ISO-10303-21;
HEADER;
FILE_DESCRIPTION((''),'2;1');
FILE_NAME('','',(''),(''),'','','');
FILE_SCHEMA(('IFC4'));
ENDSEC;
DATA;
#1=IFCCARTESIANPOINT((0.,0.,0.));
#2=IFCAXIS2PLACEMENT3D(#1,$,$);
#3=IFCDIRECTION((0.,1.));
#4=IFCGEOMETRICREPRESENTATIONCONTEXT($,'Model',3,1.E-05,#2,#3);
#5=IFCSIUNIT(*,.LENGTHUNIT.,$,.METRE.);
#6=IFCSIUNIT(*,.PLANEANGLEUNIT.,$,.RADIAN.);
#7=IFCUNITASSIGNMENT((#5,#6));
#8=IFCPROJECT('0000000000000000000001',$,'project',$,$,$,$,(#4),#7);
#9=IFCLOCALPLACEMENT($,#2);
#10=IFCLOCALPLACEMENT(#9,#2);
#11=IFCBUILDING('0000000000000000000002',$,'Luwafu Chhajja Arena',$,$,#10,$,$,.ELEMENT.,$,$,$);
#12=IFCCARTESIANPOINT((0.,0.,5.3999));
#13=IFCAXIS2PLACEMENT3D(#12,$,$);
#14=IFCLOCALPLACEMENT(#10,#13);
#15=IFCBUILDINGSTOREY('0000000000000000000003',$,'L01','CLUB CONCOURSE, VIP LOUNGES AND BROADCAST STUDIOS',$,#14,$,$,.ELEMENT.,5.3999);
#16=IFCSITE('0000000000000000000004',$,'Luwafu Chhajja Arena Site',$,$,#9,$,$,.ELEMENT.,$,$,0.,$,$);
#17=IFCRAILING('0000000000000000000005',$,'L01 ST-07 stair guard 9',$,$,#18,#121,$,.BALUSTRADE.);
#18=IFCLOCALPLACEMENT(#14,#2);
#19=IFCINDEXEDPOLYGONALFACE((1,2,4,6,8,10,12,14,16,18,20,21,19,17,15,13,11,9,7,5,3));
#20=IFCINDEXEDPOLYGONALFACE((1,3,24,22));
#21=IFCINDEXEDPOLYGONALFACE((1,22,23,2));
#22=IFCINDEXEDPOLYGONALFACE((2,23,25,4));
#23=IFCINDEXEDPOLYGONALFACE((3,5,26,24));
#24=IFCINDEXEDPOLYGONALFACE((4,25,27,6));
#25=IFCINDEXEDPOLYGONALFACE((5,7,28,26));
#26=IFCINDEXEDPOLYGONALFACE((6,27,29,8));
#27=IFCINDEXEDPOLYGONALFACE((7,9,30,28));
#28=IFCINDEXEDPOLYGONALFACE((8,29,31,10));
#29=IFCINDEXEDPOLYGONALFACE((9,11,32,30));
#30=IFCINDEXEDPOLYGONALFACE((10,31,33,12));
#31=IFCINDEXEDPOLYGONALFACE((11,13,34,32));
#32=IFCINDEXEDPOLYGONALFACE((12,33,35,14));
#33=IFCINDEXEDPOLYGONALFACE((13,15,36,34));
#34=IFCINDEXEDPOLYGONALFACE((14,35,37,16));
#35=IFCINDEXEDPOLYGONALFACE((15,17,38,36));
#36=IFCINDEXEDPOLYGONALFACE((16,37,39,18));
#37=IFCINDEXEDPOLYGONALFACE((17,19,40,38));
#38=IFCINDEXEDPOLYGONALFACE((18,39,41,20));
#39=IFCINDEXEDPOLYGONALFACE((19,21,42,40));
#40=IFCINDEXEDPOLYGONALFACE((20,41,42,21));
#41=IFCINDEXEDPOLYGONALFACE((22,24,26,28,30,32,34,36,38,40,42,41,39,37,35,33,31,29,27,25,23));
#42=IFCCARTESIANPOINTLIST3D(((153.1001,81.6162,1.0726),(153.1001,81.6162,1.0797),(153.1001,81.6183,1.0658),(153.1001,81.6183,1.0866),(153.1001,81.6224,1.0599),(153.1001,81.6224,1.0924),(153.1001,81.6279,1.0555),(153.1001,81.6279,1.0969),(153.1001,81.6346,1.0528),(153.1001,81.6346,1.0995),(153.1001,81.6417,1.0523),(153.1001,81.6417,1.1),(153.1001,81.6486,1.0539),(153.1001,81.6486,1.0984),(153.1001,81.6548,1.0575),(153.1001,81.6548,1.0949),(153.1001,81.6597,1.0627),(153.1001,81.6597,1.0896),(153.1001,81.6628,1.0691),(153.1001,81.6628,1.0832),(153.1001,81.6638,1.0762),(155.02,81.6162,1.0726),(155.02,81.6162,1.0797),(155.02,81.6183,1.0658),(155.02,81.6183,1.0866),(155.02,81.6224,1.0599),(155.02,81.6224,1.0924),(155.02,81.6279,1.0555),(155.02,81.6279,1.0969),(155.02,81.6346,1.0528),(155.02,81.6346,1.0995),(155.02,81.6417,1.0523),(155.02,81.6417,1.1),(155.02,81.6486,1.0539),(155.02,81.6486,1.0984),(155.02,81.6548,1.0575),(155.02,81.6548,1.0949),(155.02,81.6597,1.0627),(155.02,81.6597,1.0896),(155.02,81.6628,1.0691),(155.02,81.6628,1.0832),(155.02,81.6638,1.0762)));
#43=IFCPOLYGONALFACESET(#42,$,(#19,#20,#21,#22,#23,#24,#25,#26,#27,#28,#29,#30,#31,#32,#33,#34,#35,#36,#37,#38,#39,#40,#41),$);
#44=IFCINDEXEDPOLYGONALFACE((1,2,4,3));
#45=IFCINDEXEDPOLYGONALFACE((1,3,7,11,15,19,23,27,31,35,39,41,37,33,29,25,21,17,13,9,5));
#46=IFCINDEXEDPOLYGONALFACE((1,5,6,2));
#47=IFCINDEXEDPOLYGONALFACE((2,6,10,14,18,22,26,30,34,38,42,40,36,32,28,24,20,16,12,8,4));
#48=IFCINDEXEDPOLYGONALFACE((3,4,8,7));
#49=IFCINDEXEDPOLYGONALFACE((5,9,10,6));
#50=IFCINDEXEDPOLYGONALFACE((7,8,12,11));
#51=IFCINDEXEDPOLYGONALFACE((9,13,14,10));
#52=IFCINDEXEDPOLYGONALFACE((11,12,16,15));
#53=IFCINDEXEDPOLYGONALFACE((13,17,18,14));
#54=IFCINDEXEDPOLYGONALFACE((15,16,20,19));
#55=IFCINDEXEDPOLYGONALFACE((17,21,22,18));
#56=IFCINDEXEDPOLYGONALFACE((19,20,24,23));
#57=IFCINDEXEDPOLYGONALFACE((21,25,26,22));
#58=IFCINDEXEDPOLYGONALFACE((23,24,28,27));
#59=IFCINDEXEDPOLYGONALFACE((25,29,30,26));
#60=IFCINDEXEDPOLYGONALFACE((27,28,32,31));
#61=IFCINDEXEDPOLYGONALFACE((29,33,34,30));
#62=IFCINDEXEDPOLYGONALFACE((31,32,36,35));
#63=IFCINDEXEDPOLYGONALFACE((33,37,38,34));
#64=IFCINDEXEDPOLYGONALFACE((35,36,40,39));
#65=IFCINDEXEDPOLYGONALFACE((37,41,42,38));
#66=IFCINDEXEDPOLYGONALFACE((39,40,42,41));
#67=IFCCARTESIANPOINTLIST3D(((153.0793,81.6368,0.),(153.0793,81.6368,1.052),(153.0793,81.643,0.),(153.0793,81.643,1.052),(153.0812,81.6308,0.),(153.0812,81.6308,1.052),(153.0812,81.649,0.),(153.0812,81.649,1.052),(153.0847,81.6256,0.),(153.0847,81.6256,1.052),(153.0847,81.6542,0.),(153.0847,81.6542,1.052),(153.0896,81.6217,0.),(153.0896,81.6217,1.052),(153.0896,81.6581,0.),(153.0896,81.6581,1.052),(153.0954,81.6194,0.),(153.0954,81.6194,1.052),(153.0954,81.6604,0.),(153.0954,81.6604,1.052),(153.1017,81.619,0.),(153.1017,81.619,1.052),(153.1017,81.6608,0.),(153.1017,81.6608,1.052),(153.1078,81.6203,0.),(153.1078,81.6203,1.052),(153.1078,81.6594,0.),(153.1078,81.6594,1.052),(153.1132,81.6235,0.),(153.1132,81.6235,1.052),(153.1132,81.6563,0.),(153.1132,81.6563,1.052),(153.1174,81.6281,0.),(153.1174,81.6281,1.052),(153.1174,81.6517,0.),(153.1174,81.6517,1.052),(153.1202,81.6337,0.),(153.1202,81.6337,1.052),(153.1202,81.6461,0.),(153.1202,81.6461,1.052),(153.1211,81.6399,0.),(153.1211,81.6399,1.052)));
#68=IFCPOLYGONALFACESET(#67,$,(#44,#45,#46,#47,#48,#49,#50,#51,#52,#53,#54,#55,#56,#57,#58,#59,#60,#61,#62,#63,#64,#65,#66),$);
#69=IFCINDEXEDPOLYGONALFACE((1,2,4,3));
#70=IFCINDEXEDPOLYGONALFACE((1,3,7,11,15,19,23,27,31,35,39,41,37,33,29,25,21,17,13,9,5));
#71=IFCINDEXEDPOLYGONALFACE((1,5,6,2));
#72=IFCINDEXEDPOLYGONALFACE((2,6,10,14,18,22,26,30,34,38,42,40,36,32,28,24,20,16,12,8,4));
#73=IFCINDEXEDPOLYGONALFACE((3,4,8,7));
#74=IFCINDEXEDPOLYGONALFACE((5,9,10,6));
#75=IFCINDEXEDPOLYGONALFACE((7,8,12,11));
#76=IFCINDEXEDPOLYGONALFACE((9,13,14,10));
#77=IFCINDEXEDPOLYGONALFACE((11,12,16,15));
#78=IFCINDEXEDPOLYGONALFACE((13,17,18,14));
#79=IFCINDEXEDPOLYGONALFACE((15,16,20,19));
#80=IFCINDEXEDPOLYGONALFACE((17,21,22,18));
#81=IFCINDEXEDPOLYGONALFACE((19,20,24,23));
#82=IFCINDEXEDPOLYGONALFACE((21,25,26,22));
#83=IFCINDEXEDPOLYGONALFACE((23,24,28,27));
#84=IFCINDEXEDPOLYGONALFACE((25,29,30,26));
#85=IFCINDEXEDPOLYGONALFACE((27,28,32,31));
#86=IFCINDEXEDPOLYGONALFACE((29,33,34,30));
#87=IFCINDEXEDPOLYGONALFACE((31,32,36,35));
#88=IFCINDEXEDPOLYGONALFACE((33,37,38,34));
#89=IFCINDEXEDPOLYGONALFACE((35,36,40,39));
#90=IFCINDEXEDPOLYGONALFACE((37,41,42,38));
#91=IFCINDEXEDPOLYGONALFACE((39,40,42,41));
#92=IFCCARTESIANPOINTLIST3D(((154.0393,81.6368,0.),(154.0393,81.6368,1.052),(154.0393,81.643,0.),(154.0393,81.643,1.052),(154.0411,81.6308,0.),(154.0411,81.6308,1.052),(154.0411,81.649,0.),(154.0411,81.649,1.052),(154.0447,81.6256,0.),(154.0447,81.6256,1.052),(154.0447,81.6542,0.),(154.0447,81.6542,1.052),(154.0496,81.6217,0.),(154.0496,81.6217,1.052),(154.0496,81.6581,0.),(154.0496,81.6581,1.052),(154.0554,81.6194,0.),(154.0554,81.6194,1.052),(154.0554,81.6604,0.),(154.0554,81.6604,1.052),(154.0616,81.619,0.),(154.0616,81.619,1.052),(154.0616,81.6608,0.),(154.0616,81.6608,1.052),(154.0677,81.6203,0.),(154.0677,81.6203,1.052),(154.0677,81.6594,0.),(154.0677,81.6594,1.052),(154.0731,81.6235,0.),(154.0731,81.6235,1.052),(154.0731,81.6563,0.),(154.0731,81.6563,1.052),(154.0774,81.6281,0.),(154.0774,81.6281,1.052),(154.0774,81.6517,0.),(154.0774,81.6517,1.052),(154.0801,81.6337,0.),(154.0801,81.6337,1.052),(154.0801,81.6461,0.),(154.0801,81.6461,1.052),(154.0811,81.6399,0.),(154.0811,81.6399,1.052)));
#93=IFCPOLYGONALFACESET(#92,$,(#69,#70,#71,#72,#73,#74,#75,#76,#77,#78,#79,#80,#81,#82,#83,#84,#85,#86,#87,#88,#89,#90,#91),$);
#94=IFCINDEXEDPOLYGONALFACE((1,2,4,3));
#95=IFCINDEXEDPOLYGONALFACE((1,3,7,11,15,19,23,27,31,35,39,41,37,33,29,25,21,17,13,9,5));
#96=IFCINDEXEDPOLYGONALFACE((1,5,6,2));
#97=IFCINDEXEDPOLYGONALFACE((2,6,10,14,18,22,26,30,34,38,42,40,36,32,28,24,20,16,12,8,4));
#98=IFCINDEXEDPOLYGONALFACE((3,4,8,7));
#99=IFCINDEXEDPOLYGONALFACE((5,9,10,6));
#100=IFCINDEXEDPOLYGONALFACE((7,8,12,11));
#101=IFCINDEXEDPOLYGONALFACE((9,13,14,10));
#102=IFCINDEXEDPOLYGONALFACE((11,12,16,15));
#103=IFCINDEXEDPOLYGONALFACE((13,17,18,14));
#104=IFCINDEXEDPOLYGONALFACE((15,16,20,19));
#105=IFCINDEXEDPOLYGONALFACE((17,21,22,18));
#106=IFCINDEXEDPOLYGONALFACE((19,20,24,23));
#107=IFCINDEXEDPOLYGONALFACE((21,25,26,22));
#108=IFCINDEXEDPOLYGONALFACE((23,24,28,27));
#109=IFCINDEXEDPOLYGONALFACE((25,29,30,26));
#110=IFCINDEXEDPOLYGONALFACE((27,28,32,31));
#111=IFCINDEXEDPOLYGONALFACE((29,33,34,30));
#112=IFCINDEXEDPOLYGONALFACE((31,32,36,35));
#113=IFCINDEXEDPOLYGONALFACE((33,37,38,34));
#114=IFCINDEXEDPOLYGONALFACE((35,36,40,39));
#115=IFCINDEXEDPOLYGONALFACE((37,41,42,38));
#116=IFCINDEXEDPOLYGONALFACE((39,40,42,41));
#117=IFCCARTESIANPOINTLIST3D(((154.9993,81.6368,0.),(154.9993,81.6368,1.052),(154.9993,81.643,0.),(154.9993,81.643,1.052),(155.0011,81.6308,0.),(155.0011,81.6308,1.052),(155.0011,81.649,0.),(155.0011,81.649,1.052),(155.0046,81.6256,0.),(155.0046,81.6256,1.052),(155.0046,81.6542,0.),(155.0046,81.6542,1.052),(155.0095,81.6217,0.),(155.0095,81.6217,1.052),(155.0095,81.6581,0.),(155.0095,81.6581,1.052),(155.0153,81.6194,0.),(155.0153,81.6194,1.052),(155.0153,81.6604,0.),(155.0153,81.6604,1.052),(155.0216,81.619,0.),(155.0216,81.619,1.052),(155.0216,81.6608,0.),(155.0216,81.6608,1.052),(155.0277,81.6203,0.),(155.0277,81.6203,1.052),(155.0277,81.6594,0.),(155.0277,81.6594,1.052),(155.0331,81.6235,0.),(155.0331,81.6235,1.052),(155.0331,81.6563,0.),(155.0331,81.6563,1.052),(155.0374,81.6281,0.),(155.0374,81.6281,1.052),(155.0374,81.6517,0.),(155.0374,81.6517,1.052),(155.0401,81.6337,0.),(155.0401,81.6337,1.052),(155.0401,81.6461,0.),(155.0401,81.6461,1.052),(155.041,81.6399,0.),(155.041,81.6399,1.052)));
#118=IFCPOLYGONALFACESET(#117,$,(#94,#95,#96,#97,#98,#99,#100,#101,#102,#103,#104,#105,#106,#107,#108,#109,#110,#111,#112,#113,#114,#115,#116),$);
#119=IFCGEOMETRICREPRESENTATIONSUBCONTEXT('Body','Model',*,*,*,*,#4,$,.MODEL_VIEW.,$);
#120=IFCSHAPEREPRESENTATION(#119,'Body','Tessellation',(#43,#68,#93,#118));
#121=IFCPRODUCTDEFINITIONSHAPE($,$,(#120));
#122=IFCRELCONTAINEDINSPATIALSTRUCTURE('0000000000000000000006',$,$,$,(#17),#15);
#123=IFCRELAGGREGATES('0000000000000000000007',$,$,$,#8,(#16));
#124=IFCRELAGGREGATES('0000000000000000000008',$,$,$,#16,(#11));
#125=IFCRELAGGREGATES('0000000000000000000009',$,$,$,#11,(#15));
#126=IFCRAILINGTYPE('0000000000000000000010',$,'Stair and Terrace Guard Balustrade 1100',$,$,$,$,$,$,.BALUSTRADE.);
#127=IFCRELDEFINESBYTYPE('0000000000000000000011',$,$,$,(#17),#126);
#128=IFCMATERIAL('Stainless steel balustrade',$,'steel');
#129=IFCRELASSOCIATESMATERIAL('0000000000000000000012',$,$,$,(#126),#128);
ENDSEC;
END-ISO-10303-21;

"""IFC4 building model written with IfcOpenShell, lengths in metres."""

from ifc_helpers import new_model, si_unit, direction, frame, origin, origin_2d, place, context, subcontext, project, spatial, circle, extrude, material, type_object, element, save


model = new_model("IFC4")

# Units and contexts
model_context = context("Model", 3, precision=1e-05, world=origin(), true_north=direction((0.0, 1.0)))
body_context = subcontext(model_context, "Body", "Model", "MODEL_VIEW")
ifc_project = project(units=[si_unit("LENGTHUNIT", "METRE"), si_unit("PLANEANGLEUNIT", "RADIAN")], contexts=[model_context])

# Site, building, storey
site_placement = place(None, origin())
site = spatial("IfcSite", under=ifc_project, at=site_placement, Name="Luwafu Chhajja Arena Site", CompositionType="ELEMENT", RefElevation=0.0)
building_placement = place(site_placement, origin())
building = spatial("IfcBuilding", under=site, at=building_placement, Name="Luwafu Chhajja Arena", CompositionType="ELEMENT")
storey_placement = place(building_placement, frame((0.0, 0.0, 5.3999)))
storey = spatial("IfcBuildingStorey", under=building, at=storey_placement, Name="L01", Description="CLUB CONCOURSE, VIP LOUNGES AND BROADCAST STUDIOS", CompositionType="ELEMENT", Elevation=5.3999)

# Railing
ifc_material_1 = material(Name="Stainless steel balustrade", Category="steel")
railing_type_1 = type_object("IfcRailingType", Name="Stair and Terrace Guard Balustrade 1100", PredefinedType="BALUSTRADE", material=ifc_material_1)
railing_1_placement = place(storey_placement, frame((153.1001, 81.6399, 0.0)))
element("IfcRailing", 1, at=railing_1_placement, inside=storey, type_object=railing_type_1, Name="L01 ST-07 stair guard 9", PredefinedType="BALUSTRADE", context=body_context, shape_type="SweptSolid", body=[
    extrude(circle(Radius=0.0239, at=origin_2d()), frame((0.0, 0.0, 1.0762), z_axis=(1.0, 0.0, 0.0), x_axis=(0.0, 1.0, 0.0)), (0.0, 0.0, 1.0), 1.9199),
    extrude(circle(Radius=0.021, at=origin_2d()), origin(), (0.0, 0.0, 1.0), 1.052),
    extrude(circle(Radius=0.021, at=origin_2d()), frame((0.96, 0.0, 0.0)), (0.0, 0.0, 1.0), 1.052),
    extrude(circle(Radius=0.021, at=origin_2d()), frame((1.9199, 0.0, 0.0)), (0.0, 0.0, 1.0), 1.052),
])

save(model, "model.ifc")
